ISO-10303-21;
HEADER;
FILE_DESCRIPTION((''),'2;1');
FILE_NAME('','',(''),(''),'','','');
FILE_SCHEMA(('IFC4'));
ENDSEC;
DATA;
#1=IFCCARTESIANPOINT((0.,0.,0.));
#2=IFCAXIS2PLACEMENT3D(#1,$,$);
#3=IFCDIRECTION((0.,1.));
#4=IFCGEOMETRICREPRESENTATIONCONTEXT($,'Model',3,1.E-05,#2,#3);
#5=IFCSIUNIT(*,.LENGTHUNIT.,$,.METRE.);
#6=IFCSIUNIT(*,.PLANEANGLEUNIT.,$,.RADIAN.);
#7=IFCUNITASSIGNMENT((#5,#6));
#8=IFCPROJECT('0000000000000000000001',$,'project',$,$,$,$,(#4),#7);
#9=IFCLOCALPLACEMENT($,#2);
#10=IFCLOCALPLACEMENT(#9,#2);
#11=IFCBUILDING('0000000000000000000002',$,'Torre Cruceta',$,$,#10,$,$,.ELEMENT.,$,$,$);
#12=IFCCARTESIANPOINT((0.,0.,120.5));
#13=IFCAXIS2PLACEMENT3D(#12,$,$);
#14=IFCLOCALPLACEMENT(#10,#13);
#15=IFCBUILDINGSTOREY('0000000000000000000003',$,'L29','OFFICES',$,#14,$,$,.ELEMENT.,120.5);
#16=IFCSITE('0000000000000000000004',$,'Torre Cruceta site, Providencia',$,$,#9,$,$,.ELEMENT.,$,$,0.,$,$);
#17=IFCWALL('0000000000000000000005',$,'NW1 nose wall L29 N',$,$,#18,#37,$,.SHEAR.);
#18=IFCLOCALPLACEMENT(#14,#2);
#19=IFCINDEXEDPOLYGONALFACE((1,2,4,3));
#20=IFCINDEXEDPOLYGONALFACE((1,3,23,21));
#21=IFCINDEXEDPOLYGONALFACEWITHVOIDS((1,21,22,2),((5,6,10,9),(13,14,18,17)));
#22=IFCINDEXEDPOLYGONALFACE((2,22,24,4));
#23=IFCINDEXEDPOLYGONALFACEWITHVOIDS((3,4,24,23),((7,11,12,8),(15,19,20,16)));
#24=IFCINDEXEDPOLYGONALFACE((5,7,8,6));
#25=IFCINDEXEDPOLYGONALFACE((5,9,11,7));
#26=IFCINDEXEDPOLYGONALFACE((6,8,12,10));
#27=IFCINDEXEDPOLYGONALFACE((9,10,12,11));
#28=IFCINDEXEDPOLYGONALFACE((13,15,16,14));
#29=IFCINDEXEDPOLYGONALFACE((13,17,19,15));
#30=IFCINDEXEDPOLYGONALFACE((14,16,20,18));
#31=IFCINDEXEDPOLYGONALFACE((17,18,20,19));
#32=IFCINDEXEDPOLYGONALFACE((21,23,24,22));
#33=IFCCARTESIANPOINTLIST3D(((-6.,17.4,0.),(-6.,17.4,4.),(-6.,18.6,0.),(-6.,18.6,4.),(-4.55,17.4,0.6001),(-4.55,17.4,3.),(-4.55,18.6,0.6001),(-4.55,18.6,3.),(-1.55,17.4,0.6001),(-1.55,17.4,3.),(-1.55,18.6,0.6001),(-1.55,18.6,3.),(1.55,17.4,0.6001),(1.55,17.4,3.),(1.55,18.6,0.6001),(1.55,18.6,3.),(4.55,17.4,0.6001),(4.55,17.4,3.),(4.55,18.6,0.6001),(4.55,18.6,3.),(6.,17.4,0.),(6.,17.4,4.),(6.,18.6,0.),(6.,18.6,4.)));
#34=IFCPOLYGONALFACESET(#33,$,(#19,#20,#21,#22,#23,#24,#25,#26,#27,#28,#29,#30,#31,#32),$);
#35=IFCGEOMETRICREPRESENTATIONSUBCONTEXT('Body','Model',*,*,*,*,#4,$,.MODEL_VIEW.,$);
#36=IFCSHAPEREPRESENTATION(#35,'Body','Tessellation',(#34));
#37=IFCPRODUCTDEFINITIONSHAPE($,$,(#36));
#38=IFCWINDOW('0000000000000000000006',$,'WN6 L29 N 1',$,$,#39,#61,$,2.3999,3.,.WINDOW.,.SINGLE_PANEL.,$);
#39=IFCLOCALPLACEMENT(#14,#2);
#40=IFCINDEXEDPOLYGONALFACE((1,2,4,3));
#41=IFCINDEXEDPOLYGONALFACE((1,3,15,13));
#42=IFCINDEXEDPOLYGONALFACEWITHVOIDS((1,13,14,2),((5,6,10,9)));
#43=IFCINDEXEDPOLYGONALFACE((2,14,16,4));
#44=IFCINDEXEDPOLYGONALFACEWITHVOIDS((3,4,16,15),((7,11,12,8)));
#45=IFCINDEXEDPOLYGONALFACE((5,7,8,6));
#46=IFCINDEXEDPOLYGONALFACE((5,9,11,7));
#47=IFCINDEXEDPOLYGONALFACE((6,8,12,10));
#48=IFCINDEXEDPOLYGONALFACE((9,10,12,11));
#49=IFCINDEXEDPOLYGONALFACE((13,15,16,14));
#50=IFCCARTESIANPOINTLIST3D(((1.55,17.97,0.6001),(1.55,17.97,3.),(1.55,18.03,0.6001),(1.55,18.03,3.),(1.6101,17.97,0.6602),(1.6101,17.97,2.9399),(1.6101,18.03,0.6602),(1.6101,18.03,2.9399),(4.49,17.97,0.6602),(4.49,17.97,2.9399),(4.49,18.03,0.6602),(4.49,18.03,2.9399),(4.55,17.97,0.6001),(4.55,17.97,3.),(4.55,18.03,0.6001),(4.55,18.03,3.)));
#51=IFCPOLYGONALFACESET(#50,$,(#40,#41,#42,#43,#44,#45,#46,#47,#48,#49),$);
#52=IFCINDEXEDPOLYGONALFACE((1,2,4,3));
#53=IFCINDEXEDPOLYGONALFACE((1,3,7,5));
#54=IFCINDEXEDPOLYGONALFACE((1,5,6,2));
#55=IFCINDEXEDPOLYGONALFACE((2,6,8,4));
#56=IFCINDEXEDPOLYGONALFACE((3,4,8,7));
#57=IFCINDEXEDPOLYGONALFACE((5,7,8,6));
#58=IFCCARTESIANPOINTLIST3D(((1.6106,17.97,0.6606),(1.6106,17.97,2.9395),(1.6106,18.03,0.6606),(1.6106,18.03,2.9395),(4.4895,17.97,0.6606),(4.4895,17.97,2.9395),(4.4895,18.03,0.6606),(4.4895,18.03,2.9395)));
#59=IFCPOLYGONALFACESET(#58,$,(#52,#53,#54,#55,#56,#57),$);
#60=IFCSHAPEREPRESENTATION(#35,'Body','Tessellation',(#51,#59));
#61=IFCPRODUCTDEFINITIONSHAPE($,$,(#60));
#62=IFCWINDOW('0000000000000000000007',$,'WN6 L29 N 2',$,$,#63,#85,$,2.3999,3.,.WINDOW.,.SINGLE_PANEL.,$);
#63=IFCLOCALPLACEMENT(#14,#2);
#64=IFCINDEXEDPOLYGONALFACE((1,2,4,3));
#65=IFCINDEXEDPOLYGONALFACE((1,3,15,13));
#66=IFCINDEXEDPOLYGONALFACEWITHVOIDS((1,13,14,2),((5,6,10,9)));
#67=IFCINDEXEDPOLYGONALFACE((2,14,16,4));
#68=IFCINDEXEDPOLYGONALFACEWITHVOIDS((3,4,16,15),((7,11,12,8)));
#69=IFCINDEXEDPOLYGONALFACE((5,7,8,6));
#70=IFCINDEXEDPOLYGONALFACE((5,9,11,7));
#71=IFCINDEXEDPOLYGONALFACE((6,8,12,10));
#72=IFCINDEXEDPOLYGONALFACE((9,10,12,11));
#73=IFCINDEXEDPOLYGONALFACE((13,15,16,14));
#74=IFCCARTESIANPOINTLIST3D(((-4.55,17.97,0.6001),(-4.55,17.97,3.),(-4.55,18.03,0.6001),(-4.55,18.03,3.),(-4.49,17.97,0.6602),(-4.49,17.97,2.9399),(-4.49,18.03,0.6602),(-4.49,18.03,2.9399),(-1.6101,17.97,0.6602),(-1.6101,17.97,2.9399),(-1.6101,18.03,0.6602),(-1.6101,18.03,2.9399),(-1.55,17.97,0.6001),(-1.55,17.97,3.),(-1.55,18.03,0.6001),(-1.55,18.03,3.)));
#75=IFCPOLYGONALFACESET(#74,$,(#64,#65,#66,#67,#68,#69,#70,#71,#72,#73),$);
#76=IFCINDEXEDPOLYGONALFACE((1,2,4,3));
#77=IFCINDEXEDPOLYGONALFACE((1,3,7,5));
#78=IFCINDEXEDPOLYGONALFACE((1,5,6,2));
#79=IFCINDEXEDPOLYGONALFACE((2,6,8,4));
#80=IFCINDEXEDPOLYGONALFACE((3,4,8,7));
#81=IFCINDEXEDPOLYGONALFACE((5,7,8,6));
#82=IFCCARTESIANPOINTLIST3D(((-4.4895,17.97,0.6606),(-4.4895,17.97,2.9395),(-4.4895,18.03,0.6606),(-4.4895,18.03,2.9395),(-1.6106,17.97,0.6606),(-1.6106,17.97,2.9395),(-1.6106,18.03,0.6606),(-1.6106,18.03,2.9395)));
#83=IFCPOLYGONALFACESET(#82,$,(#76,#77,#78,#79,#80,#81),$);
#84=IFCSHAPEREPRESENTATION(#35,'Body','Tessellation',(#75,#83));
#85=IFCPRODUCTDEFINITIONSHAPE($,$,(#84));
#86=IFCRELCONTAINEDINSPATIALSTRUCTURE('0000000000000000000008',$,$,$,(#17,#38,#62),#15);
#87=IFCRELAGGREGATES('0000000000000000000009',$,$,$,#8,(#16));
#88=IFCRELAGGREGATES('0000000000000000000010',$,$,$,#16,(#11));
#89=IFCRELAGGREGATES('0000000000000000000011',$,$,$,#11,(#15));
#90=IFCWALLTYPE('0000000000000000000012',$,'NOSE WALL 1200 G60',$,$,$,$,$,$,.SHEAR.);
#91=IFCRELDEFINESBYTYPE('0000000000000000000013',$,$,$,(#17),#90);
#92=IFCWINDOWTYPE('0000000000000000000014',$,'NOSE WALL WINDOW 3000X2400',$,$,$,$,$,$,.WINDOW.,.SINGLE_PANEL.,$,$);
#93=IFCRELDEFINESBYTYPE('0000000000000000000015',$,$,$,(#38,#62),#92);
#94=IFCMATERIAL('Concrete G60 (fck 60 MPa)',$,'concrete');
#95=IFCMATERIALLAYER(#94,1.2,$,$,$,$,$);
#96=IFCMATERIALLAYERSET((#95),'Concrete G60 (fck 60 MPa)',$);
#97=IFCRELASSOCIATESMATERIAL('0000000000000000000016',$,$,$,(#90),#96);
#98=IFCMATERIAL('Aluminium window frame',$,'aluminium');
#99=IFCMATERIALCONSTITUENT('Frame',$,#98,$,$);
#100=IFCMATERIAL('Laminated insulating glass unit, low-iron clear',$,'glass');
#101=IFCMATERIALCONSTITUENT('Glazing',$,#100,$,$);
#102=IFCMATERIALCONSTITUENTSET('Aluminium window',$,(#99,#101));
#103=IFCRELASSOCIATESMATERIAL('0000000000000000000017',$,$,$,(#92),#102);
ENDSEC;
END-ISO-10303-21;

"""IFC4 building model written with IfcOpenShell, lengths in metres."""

from ifc_helpers import new_model, si_unit, direction, frame, frame_2d, origin, place, context, subcontext, project, spatial, rectangle, hollow_rectangle, extrude, material, layer, layer_set, constituent, constituent_set, type_object, element, fill, save


model = new_model("IFC4")

# Units and contexts
model_context = context("Model", 3, precision=1e-05, world=origin(), true_north=direction((0.0, 1.0)))
body_context = subcontext(model_context, "Body", "Model", "MODEL_VIEW")
ifc_project = project(units=[si_unit("LENGTHUNIT", "METRE"), si_unit("PLANEANGLEUNIT", "RADIAN")], contexts=[model_context])

# Site, building, storey
site_placement = place(None, origin())
site = spatial("IfcSite", under=ifc_project, at=site_placement, Name="Torre Cruceta site, Providencia", CompositionType="ELEMENT", RefElevation=0.0)
building_placement = place(site_placement, origin())
building = spatial("IfcBuilding", under=site, at=building_placement, Name="Torre Cruceta", CompositionType="ELEMENT")
storey_placement = place(building_placement, frame((0.0, 0.0, 120.5)))
storey = spatial("IfcBuildingStorey", under=building, at=storey_placement, Name="L29", Description="OFFICES", CompositionType="ELEMENT", Elevation=120.5)

# Wall, openings, windows
ifc_material_1 = material(Name="Concrete G60 (fck 60 MPa)", Category="concrete")
ifc_layer_1 = layer(ifc_material_1, 1.2)
ifc_layer_set_1 = layer_set([ifc_layer_1], Name="Concrete G60 (fck 60 MPa)")
wall_type = type_object("IfcWallType", Name="NOSE WALL 1200 G60", PredefinedType="SHEAR", material=ifc_layer_set_1)
wall_placement = place(storey_placement, frame((6.0, 18.0, 0.0), z_axis=(0.0, 0.0, 1.0), x_axis=(-1.0, 0.0, 0.0)))
wall = element("IfcWall", 1, at=wall_placement, inside=storey, type_object=wall_type, Name="NW1 nose wall L29 N", PredefinedType="SHEAR", context=body_context, shape_type="SweptSolid", body=[
    extrude(rectangle(XDim=12.0, YDim=1.2, at=frame_2d((6.0, 0.0))), origin(), (0.0, 0.0, 1.0), 4.0),
])
opening_1_placement = place(wall_placement, frame((1.45, 0.0, 0.6001)))
opening_1 = element("IfcOpeningElement", 2, at=opening_1_placement, cuts=wall, PredefinedType="OPENING", context=body_context, shape_type="SweptSolid", body=[
    extrude(rectangle(XDim=3.0, YDim=2.3999, at=frame_2d((1.5, 1.2))), frame((0.0, 0.6099, 0.0), z_axis=(0.0, -1.0, 0.0), x_axis=(1.0, 0.0, 0.0)), (0.0, 0.0, 1.0), 1.22),
])
opening_2_placement = place(wall_placement, frame((7.55, 0.0, 0.6001)))
opening_2 = element("IfcOpeningElement", 3, at=opening_2_placement, cuts=wall, PredefinedType="OPENING", context=body_context, shape_type="SweptSolid", body=[
    extrude(rectangle(XDim=3.0, YDim=2.3999, at=frame_2d((1.5, 1.2))), frame((0.0, 0.6099, 0.0), z_axis=(0.0, -1.0, 0.0), x_axis=(1.0, 0.0, 0.0)), (0.0, 0.0, 1.0), 1.22),
])
ifc_material_2 = material(Name="Aluminium window frame", Category="aluminium")
ifc_constituent_1 = constituent(ifc_material_2, Name="Frame")
ifc_material_3 = material(Name="Laminated insulating glass unit, low-iron clear", Category="glass")
ifc_constituent_2 = constituent(ifc_material_3, Name="Glazing")
ifc_constituent_set = constituent_set(constituents=[ifc_constituent_1, ifc_constituent_2], Name="Aluminium window")
window_type = type_object("IfcWindowType", Name="NOSE WALL WINDOW 3000X2400", PartitioningType="SINGLE_PANEL", PredefinedType="WINDOW", material=ifc_constituent_set)
window_1_placement = place(opening_1_placement, origin())
window_1 = element("IfcWindow", 4, at=window_1_placement, inside=storey, type_object=window_type, Name="WN6 L29 N 1", OverallHeight=2.3999, OverallWidth=3.0, PartitioningType="SINGLE_PANEL", PredefinedType="WINDOW", context=body_context, shape_type="SweptSolid", body=[
    extrude(hollow_rectangle(XDim=3.0, YDim=2.3999, WallThickness=0.0601, at=frame_2d((1.5, 1.2))), frame((0.0, 0.03, 0.0), z_axis=(0.0, -1.0, 0.0), x_axis=(1.0, 0.0, 0.0)), (0.0, 0.0, 1.0), 0.0601),
    extrude(rectangle(XDim=2.8789, YDim=2.2788, at=frame_2d((1.5, 1.2))), frame((0.0, 0.03, 0.0), z_axis=(0.0, -1.0, 0.0), x_axis=(1.0, 0.0, 0.0)), (0.0, 0.0, 1.0), 0.0601),
])
fill(opening_1, window_1)
window_2_placement = place(opening_2_placement, origin())
window_2 = element("IfcWindow", 5, at=window_2_placement, inside=storey, type_object=window_type, Name="WN6 L29 N 2", OverallHeight=2.3999, OverallWidth=3.0, PartitioningType="SINGLE_PANEL", PredefinedType="WINDOW", context=body_context, shape_type="SweptSolid", body=[
    extrude(hollow_rectangle(XDim=3.0, YDim=2.3999, WallThickness=0.0601, at=frame_2d((1.5, 1.2))), frame((0.0, 0.03, 0.0), z_axis=(0.0, -1.0, 0.0), x_axis=(1.0, 0.0, 0.0)), (0.0, 0.0, 1.0), 0.0601),
    extrude(rectangle(XDim=2.8789, YDim=2.2788, at=frame_2d((1.5, 1.2))), frame((0.0, 0.03, 0.0), z_axis=(0.0, -1.0, 0.0), x_axis=(1.0, 0.0, 0.0)), (0.0, 0.0, 1.0), 0.0601),
])
fill(opening_2, window_2)

save(model, "model.ifc")
